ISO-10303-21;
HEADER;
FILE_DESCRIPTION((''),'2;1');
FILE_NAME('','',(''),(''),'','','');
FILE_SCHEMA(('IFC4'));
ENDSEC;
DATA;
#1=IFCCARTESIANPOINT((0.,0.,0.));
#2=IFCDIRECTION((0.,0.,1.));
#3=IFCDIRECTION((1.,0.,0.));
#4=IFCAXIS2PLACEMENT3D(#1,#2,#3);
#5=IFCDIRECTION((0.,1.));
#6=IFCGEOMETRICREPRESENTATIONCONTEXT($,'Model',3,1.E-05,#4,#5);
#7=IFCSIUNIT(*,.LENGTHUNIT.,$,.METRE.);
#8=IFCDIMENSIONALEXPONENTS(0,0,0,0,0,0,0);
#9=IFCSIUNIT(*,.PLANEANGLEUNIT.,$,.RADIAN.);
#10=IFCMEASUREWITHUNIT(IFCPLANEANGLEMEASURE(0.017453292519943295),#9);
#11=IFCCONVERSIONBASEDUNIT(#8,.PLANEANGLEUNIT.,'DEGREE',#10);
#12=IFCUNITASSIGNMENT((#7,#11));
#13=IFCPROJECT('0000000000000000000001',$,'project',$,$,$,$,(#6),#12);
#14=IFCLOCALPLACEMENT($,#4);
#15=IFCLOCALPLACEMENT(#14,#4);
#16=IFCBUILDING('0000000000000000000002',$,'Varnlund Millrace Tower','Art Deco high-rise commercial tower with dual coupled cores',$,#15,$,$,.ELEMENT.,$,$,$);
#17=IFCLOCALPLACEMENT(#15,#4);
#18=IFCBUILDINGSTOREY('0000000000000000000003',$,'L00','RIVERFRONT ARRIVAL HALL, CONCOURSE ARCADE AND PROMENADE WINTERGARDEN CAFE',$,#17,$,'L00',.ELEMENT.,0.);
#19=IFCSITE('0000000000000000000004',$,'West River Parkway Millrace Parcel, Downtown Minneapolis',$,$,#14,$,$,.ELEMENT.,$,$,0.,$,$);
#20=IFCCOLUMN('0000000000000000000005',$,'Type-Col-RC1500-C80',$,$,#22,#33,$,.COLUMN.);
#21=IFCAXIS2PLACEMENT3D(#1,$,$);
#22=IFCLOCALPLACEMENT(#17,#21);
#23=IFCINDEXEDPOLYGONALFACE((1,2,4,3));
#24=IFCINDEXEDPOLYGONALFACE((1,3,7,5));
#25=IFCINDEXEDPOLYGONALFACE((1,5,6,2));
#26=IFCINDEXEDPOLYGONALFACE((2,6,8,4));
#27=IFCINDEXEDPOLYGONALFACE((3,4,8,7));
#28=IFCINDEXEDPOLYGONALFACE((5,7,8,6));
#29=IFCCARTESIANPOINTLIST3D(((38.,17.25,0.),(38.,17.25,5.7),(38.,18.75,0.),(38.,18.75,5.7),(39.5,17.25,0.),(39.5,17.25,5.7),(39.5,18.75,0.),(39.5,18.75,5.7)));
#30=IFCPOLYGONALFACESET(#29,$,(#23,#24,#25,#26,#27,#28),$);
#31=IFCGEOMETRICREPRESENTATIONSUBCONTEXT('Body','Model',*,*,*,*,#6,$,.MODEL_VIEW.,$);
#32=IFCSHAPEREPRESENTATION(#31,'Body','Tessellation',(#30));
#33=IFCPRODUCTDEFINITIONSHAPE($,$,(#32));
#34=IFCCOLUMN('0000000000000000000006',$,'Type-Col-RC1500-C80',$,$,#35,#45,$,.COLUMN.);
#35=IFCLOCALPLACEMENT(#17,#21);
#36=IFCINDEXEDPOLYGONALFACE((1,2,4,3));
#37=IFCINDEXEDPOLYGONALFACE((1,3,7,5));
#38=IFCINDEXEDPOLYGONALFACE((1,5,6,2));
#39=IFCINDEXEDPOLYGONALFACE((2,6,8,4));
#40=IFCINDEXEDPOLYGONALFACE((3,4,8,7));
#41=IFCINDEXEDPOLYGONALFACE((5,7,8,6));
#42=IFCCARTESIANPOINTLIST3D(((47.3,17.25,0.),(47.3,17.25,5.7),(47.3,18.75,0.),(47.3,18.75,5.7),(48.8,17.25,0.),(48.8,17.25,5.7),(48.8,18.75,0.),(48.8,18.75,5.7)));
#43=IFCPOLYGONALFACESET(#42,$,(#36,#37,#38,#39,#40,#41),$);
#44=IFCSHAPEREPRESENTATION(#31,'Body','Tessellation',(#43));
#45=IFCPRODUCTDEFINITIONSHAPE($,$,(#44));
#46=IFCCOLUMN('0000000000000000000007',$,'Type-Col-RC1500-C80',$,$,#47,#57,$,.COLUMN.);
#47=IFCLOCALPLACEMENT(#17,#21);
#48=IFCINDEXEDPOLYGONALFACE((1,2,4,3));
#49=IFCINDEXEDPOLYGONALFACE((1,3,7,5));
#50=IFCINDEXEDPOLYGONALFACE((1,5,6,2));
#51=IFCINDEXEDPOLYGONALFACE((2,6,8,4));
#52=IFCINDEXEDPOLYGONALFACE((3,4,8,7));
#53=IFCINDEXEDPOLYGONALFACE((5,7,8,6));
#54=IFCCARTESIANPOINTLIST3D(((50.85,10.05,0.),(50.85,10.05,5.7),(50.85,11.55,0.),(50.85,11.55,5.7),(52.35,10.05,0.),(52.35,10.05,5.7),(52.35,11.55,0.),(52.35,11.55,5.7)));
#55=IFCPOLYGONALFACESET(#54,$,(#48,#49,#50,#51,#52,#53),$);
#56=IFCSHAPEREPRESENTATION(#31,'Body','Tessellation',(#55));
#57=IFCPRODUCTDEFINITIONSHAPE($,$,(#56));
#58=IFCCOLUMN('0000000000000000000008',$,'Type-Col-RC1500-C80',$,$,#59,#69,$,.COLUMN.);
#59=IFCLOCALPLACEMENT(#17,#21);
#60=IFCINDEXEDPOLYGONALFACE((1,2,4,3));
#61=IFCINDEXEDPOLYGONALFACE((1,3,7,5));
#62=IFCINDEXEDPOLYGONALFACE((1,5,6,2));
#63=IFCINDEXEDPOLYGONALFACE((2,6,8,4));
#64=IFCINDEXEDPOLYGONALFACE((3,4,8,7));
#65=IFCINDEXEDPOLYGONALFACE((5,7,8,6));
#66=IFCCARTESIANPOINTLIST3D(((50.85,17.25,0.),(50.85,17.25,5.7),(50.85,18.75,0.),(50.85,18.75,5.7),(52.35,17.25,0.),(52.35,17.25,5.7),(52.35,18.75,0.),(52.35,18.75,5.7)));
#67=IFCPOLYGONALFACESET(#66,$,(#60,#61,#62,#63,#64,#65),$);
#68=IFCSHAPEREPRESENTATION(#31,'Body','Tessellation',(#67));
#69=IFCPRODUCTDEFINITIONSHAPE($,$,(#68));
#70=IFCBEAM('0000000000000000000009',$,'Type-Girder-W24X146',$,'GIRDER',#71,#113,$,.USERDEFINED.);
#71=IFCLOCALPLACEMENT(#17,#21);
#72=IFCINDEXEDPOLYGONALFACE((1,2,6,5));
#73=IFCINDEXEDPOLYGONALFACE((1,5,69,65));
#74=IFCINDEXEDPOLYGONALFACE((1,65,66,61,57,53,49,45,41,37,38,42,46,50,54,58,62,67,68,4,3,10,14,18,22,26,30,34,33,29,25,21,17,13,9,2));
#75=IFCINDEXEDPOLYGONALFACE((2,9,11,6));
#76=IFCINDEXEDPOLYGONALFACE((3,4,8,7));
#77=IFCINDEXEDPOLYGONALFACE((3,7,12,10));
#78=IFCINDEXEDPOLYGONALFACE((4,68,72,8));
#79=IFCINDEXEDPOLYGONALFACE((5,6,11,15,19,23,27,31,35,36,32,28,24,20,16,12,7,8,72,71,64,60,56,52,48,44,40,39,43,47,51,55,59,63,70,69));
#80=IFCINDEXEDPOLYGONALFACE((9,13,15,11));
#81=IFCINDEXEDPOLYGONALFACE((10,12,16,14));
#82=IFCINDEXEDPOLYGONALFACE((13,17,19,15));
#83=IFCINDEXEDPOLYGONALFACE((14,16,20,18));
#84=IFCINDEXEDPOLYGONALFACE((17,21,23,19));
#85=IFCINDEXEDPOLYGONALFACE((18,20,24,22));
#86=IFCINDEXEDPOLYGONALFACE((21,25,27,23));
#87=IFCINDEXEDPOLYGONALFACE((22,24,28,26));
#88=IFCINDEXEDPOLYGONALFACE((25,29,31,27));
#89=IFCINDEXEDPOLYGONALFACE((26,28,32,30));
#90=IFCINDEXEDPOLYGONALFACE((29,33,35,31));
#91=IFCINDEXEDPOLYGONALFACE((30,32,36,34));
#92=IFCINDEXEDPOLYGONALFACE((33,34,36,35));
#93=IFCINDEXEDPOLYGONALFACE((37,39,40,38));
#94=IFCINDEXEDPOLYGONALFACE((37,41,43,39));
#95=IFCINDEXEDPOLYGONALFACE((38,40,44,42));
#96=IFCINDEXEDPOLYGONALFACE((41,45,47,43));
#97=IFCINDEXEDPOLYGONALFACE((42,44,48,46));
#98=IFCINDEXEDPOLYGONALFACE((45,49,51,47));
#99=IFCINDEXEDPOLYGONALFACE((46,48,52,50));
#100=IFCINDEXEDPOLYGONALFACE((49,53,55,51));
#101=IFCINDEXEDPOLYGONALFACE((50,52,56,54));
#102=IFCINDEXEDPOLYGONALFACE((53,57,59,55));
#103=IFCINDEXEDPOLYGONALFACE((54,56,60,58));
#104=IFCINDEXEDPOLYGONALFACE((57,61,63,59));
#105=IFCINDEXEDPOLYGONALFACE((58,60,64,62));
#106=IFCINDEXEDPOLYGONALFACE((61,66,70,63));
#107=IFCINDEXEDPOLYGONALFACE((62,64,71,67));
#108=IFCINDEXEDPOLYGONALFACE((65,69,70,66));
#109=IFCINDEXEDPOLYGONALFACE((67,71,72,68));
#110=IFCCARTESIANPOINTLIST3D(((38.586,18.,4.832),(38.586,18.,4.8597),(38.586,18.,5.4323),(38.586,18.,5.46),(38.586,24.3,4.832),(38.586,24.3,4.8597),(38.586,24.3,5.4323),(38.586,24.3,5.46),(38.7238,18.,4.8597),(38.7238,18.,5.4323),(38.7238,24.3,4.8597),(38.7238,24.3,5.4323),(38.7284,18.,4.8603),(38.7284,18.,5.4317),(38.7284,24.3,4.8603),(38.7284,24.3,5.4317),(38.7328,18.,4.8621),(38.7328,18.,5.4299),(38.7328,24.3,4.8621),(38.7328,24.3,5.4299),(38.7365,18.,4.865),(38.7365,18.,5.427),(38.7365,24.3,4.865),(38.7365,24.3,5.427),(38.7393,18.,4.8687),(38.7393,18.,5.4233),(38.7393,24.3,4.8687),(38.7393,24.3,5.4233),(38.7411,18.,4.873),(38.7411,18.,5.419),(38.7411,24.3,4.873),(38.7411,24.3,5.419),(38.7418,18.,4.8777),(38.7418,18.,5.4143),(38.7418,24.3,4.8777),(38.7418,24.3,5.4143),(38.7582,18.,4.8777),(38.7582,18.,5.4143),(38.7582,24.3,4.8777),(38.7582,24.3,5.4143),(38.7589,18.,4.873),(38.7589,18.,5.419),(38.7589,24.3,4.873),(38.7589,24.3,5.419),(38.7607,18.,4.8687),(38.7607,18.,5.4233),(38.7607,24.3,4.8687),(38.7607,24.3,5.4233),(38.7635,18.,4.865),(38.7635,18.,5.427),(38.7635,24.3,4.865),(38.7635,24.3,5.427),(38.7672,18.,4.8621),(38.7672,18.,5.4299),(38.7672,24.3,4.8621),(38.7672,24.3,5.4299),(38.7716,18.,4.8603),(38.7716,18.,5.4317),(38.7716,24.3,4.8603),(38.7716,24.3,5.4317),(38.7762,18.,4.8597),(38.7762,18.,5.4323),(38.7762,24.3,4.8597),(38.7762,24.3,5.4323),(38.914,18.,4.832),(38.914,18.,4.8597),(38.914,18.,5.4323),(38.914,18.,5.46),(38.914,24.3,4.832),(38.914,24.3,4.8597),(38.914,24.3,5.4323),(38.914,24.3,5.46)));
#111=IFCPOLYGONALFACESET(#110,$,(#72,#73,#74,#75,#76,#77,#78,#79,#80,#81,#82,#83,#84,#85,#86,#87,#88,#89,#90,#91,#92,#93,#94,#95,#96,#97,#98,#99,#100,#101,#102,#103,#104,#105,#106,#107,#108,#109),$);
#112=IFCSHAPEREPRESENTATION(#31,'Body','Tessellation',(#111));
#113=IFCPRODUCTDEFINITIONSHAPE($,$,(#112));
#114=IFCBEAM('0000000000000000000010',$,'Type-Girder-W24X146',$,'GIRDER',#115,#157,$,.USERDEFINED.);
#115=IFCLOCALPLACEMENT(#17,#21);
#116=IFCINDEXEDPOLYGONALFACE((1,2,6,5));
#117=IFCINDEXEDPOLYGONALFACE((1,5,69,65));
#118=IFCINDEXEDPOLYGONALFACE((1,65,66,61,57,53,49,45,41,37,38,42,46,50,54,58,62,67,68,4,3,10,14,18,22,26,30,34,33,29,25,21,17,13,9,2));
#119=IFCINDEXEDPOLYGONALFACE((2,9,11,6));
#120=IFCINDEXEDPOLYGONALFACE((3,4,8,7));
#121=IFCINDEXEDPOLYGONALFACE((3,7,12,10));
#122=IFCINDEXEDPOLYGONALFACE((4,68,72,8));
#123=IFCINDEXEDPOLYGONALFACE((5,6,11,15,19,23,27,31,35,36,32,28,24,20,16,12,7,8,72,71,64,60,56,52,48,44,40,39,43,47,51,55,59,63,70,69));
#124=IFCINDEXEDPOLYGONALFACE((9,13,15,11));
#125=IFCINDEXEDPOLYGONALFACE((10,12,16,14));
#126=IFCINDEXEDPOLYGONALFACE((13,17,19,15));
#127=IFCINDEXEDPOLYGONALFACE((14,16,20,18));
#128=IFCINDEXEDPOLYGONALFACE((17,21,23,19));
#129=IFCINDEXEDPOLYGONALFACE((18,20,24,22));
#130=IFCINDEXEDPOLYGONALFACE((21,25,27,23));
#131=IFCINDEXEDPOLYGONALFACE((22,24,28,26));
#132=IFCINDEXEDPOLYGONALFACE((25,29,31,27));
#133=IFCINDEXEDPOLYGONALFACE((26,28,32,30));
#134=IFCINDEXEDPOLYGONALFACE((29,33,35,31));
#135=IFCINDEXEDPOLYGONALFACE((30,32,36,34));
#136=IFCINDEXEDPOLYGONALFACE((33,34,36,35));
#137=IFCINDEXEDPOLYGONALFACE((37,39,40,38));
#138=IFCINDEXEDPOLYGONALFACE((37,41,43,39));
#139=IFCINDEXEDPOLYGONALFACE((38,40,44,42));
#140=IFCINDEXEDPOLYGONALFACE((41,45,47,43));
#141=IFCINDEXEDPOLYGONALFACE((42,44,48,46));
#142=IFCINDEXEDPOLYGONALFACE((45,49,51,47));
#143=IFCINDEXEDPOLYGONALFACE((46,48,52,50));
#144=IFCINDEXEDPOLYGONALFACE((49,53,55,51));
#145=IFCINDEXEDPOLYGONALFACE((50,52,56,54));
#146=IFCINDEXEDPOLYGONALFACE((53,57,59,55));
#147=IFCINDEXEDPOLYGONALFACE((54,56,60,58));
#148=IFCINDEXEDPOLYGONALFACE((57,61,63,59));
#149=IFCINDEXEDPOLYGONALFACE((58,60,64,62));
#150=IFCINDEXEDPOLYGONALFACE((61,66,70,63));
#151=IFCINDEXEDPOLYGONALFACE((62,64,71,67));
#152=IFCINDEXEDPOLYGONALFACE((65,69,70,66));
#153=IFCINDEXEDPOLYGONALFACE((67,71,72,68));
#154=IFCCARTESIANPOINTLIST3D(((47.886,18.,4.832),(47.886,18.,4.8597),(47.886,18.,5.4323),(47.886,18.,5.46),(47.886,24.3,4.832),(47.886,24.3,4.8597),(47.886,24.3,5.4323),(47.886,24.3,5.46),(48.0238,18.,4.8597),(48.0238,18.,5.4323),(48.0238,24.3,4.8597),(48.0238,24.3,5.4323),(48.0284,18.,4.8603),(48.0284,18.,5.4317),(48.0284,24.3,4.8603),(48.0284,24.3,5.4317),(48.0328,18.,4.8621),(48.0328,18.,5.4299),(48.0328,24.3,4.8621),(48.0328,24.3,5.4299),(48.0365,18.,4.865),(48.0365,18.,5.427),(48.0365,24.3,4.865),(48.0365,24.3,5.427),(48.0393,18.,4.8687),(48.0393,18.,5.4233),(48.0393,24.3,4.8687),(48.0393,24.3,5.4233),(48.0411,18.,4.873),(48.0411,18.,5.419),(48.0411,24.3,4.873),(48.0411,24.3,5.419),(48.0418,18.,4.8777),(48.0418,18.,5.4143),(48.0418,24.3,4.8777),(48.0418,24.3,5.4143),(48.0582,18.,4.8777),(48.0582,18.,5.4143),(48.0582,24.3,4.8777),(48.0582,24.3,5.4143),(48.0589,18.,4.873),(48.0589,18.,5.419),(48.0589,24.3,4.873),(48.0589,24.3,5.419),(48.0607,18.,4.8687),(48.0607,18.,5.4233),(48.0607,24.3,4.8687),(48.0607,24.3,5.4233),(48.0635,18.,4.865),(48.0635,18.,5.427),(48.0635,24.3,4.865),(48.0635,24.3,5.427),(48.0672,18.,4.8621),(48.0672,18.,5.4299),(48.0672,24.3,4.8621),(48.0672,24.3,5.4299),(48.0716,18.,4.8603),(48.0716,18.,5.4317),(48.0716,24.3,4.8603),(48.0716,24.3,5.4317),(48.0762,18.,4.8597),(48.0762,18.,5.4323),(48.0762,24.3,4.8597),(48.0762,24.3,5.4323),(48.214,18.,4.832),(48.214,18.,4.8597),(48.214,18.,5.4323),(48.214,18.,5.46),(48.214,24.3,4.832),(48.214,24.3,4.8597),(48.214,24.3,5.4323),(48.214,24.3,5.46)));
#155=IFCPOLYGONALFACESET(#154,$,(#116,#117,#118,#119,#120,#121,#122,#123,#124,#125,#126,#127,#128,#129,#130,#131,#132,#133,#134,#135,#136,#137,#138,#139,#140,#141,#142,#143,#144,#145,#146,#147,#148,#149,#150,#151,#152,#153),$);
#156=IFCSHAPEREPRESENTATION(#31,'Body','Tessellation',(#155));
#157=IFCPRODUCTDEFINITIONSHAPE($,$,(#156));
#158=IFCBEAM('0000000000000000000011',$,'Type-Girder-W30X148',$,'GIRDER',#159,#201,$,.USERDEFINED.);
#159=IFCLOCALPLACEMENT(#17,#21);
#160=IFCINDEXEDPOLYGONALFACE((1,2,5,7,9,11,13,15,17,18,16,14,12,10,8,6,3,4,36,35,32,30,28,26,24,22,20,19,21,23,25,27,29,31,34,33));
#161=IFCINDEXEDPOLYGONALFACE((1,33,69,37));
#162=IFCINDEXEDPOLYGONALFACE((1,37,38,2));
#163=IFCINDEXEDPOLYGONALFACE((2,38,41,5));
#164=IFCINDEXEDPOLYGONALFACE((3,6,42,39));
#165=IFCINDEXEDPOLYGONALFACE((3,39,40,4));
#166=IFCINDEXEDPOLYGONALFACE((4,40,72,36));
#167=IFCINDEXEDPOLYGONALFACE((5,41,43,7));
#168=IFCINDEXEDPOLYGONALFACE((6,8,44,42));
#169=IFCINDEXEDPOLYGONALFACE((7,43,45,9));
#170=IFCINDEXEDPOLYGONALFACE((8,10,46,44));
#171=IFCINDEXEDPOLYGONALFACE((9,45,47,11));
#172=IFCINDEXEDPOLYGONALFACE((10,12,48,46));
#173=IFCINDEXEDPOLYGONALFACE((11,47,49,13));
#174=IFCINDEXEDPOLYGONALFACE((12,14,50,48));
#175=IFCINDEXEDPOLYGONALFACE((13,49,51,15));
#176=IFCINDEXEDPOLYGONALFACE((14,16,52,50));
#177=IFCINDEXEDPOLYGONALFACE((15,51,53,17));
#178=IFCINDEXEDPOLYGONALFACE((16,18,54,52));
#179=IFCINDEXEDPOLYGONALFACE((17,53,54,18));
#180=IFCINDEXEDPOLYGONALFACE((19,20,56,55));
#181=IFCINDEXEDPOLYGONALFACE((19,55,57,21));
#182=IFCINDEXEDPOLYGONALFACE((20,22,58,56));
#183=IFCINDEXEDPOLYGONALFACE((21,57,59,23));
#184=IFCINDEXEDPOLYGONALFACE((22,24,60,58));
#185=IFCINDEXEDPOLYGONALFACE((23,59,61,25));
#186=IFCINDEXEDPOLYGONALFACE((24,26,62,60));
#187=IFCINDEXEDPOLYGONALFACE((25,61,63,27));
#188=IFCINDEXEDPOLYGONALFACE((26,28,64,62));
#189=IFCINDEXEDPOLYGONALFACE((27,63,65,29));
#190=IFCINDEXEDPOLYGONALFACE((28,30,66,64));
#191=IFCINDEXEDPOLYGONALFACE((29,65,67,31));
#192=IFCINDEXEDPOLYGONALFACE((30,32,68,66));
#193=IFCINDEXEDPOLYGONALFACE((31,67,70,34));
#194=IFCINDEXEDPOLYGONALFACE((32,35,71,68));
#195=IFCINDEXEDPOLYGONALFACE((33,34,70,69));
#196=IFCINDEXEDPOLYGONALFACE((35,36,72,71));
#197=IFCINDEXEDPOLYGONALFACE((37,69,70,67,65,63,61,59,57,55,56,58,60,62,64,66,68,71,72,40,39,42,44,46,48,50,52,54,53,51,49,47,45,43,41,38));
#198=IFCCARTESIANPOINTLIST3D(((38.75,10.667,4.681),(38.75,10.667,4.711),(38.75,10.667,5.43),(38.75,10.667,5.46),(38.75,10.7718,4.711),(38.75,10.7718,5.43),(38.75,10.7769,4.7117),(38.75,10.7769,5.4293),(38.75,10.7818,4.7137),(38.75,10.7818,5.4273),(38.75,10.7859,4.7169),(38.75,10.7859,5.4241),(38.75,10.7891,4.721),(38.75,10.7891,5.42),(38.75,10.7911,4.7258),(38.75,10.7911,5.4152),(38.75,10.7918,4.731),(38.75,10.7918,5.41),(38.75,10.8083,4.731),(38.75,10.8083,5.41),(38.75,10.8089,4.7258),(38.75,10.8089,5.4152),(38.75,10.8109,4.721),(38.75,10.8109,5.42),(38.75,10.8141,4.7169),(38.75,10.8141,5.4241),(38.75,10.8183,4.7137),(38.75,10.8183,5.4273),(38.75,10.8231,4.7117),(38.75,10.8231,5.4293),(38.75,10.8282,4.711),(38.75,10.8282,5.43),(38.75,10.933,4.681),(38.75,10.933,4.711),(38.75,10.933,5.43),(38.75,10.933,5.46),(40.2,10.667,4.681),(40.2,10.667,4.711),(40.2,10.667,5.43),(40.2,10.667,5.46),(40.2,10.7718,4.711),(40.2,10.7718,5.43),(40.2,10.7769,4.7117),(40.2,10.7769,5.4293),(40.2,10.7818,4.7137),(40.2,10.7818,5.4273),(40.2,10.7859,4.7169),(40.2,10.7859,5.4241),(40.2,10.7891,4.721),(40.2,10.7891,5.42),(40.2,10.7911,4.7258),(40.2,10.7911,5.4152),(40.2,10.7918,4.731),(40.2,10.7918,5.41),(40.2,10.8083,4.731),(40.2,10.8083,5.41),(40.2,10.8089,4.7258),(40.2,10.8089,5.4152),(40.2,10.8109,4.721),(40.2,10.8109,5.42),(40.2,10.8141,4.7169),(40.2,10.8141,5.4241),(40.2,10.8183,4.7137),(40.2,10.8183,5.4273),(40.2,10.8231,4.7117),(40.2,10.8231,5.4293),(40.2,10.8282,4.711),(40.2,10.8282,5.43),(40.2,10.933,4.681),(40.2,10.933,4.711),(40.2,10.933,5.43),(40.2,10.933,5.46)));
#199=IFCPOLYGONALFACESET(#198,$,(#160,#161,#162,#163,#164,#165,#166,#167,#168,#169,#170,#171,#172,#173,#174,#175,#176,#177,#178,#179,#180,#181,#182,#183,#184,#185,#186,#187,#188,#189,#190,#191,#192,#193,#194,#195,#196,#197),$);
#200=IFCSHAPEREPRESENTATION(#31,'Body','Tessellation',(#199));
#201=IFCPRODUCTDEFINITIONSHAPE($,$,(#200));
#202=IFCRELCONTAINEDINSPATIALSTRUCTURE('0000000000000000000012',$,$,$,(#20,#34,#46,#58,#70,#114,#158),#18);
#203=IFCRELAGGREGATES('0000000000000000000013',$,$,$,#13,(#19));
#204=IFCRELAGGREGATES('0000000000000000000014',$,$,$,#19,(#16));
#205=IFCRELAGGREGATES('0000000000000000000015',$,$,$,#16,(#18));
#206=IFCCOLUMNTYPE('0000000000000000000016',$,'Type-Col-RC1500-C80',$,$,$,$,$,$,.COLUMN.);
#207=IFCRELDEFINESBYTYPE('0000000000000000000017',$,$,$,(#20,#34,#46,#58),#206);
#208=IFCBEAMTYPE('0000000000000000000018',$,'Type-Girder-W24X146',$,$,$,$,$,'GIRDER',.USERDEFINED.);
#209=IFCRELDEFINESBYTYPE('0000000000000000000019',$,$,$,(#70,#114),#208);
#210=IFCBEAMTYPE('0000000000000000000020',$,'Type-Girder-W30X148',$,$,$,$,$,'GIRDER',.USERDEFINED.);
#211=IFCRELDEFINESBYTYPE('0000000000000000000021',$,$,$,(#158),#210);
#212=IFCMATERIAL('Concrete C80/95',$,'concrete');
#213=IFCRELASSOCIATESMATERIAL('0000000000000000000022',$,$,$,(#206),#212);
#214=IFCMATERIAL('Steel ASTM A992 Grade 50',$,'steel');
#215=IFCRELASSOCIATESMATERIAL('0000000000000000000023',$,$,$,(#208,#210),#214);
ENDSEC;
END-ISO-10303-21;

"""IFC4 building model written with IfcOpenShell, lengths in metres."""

from ifc_helpers import new_model, entity, si_unit, converted_unit, direction, frame, origin_with_axes, origin_2d_with_axis, place, context, subcontext, project, spatial, rectangle, i_section, extrude, material, material_profile, profile_set, type_object, element, save


model = new_model("IFC4")

# Units and contexts
model_context = context("Model", 3, precision=1e-05, world=origin_with_axes(), true_north=direction((0.0, 1.0)))
body_context = subcontext(model_context, "Body", "Model", "MODEL_VIEW")
ifc_project = project(units=[si_unit("LENGTHUNIT", "METRE"), converted_unit("PLANEANGLEUNIT", "DEGREE", entity("IfcPlaneAngleMeasure", 0.017453292519943295), si_unit("PLANEANGLEUNIT", "RADIAN"), dimensions=[0, 0, 0, 0, 0, 0, 0])], contexts=[model_context])

# Site, building, storey
site_placement = place(None, origin_with_axes())
site = spatial("IfcSite", under=ifc_project, at=site_placement, Name="West River Parkway Millrace Parcel, Downtown Minneapolis", CompositionType="ELEMENT", RefElevation=0.0)
building_placement = place(site_placement, origin_with_axes())
building = spatial("IfcBuilding", under=site, at=building_placement, Name="Varnlund Millrace Tower", Description="Art Deco high-rise commercial tower with dual coupled cores", CompositionType="ELEMENT")
storey_placement = place(building_placement, origin_with_axes())
storey = spatial("IfcBuildingStorey", under=building, at=storey_placement, Name="L00", Description="RIVERFRONT ARRIVAL HALL, CONCOURSE ARCADE AND PROMENADE WINTERGARDEN CAFE", LongName="L00", CompositionType="ELEMENT", Elevation=0.0)

# Columns
ifc_material_1 = material(Name="Concrete C80/95", Category="concrete")
ifc_material_profile_1 = material_profile(ifc_material_1, rectangle(XDim=1.5, YDim=1.5, at=origin_2d_with_axis()), Name="Concrete C80/95")
ifc_profile_set_1 = profile_set([ifc_material_profile_1], Name="Concrete C80/95")
column_type = type_object("IfcColumnType", Name="Type-Col-RC1500-C80", PredefinedType="COLUMN", material=ifc_profile_set_1)
for number, where, z_axis, x_axis, name in (
    (1, (38.75, 18.0, 0.0), (0.0, 0.0, 1.0), (1.0, 0.0, 0.0), "Type-Col-RC1500-C80"),
    (2, (48.05, 18.0, 0.0), (0.0, 0.0, 1.0), (1.0, 0.0, 0.0), "Type-Col-RC1500-C80"),
    (3, (51.6, 10.8, 0.0), (0.0, 0.0, 1.0), (1.0, 0.0, 0.0), "Type-Col-RC1500-C80"),
    (4, (51.6, 18.0, 0.0), (0.0, 0.0, 1.0), (1.0, 0.0, 0.0), "Type-Col-RC1500-C80"),
):
    element("IfcColumn", number, at=place(storey_placement, frame(where, z_axis=z_axis, x_axis=x_axis)), inside=storey, type_object=column_type, Name=name, PredefinedType="COLUMN", context=body_context, shape_type="SweptSolid", body=[
        extrude(rectangle(XDim=1.5, YDim=1.5, at=origin_2d_with_axis()), origin_with_axes(), (0.0, 0.0, 1.0), 5.7),
    ])

# Beams
ifc_material_2 = material(Name="Steel ASTM A992 Grade 50", Category="steel")
ifc_material_profile_2 = material_profile(ifc_material_2, i_section(OverallWidth=0.328, OverallDepth=0.628, WebThickness=0.0165, FlangeThickness=0.0277, FilletRadius=0.018, at=origin_2d_with_axis()), Name="Steel ASTM A992 Grade 50")
ifc_profile_set_2 = profile_set([ifc_material_profile_2], Name="Steel ASTM A992 Grade 50")
beam_type_1 = type_object("IfcBeamType", Name="Type-Girder-W24X146", ElementType="GIRDER", PredefinedType="USERDEFINED", material=ifc_profile_set_2)
for number, where, z_axis, x_axis, name in (
    (5, (38.75, 18.0, 5.146), (0.0, 1.0, 0.0), (-1.0, 0.0, 0.0), "Type-Girder-W24X146"),
    (6, (48.05, 18.0, 5.146), (0.0, 1.0, 0.0), (-1.0, 0.0, 0.0), "Type-Girder-W24X146"),
):
    element("IfcBeam", number, at=place(storey_placement, frame(where, z_axis=z_axis, x_axis=x_axis)), inside=storey, type_object=beam_type_1, Name=name, ObjectType="GIRDER", PredefinedType="USERDEFINED", context=body_context, shape_type="SweptSolid", body=[
        extrude(i_section(OverallWidth=0.328, OverallDepth=0.628, WebThickness=0.0165, FlangeThickness=0.0277, FilletRadius=0.018, at=origin_2d_with_axis()), origin_with_axes(), (0.0, 0.0, 1.0), 6.3),
    ])
ifc_material_profile_3 = material_profile(ifc_material_2, i_section(OverallWidth=0.266, OverallDepth=0.779, WebThickness=0.0165, FlangeThickness=0.03, FilletRadius=0.02, at=origin_2d_with_axis()), Name="Steel ASTM A992 Grade 50")
ifc_profile_set_3 = profile_set([ifc_material_profile_3], Name="Steel ASTM A992 Grade 50")
beam_type_2 = type_object("IfcBeamType", Name="Type-Girder-W30X148", ElementType="GIRDER", PredefinedType="USERDEFINED", material=ifc_profile_set_3)
beam_1_placement = place(storey_placement, frame((38.75, 10.8, 5.0705), z_axis=(1.0, 0.0, 0.0), x_axis=(0.0, 1.0, 0.0)))
element("IfcBeam", 7, at=beam_1_placement, inside=storey, type_object=beam_type_2, Name="Type-Girder-W30X148", ObjectType="GIRDER", PredefinedType="USERDEFINED", context=body_context, shape_type="SweptSolid", body=[
    extrude(i_section(OverallWidth=0.266, OverallDepth=0.779, WebThickness=0.0165, FlangeThickness=0.03, FilletRadius=0.02, at=origin_2d_with_axis()), origin_with_axes(), (0.0, 0.0, 1.0), 1.45),
])

save(model, "model.ifc")
